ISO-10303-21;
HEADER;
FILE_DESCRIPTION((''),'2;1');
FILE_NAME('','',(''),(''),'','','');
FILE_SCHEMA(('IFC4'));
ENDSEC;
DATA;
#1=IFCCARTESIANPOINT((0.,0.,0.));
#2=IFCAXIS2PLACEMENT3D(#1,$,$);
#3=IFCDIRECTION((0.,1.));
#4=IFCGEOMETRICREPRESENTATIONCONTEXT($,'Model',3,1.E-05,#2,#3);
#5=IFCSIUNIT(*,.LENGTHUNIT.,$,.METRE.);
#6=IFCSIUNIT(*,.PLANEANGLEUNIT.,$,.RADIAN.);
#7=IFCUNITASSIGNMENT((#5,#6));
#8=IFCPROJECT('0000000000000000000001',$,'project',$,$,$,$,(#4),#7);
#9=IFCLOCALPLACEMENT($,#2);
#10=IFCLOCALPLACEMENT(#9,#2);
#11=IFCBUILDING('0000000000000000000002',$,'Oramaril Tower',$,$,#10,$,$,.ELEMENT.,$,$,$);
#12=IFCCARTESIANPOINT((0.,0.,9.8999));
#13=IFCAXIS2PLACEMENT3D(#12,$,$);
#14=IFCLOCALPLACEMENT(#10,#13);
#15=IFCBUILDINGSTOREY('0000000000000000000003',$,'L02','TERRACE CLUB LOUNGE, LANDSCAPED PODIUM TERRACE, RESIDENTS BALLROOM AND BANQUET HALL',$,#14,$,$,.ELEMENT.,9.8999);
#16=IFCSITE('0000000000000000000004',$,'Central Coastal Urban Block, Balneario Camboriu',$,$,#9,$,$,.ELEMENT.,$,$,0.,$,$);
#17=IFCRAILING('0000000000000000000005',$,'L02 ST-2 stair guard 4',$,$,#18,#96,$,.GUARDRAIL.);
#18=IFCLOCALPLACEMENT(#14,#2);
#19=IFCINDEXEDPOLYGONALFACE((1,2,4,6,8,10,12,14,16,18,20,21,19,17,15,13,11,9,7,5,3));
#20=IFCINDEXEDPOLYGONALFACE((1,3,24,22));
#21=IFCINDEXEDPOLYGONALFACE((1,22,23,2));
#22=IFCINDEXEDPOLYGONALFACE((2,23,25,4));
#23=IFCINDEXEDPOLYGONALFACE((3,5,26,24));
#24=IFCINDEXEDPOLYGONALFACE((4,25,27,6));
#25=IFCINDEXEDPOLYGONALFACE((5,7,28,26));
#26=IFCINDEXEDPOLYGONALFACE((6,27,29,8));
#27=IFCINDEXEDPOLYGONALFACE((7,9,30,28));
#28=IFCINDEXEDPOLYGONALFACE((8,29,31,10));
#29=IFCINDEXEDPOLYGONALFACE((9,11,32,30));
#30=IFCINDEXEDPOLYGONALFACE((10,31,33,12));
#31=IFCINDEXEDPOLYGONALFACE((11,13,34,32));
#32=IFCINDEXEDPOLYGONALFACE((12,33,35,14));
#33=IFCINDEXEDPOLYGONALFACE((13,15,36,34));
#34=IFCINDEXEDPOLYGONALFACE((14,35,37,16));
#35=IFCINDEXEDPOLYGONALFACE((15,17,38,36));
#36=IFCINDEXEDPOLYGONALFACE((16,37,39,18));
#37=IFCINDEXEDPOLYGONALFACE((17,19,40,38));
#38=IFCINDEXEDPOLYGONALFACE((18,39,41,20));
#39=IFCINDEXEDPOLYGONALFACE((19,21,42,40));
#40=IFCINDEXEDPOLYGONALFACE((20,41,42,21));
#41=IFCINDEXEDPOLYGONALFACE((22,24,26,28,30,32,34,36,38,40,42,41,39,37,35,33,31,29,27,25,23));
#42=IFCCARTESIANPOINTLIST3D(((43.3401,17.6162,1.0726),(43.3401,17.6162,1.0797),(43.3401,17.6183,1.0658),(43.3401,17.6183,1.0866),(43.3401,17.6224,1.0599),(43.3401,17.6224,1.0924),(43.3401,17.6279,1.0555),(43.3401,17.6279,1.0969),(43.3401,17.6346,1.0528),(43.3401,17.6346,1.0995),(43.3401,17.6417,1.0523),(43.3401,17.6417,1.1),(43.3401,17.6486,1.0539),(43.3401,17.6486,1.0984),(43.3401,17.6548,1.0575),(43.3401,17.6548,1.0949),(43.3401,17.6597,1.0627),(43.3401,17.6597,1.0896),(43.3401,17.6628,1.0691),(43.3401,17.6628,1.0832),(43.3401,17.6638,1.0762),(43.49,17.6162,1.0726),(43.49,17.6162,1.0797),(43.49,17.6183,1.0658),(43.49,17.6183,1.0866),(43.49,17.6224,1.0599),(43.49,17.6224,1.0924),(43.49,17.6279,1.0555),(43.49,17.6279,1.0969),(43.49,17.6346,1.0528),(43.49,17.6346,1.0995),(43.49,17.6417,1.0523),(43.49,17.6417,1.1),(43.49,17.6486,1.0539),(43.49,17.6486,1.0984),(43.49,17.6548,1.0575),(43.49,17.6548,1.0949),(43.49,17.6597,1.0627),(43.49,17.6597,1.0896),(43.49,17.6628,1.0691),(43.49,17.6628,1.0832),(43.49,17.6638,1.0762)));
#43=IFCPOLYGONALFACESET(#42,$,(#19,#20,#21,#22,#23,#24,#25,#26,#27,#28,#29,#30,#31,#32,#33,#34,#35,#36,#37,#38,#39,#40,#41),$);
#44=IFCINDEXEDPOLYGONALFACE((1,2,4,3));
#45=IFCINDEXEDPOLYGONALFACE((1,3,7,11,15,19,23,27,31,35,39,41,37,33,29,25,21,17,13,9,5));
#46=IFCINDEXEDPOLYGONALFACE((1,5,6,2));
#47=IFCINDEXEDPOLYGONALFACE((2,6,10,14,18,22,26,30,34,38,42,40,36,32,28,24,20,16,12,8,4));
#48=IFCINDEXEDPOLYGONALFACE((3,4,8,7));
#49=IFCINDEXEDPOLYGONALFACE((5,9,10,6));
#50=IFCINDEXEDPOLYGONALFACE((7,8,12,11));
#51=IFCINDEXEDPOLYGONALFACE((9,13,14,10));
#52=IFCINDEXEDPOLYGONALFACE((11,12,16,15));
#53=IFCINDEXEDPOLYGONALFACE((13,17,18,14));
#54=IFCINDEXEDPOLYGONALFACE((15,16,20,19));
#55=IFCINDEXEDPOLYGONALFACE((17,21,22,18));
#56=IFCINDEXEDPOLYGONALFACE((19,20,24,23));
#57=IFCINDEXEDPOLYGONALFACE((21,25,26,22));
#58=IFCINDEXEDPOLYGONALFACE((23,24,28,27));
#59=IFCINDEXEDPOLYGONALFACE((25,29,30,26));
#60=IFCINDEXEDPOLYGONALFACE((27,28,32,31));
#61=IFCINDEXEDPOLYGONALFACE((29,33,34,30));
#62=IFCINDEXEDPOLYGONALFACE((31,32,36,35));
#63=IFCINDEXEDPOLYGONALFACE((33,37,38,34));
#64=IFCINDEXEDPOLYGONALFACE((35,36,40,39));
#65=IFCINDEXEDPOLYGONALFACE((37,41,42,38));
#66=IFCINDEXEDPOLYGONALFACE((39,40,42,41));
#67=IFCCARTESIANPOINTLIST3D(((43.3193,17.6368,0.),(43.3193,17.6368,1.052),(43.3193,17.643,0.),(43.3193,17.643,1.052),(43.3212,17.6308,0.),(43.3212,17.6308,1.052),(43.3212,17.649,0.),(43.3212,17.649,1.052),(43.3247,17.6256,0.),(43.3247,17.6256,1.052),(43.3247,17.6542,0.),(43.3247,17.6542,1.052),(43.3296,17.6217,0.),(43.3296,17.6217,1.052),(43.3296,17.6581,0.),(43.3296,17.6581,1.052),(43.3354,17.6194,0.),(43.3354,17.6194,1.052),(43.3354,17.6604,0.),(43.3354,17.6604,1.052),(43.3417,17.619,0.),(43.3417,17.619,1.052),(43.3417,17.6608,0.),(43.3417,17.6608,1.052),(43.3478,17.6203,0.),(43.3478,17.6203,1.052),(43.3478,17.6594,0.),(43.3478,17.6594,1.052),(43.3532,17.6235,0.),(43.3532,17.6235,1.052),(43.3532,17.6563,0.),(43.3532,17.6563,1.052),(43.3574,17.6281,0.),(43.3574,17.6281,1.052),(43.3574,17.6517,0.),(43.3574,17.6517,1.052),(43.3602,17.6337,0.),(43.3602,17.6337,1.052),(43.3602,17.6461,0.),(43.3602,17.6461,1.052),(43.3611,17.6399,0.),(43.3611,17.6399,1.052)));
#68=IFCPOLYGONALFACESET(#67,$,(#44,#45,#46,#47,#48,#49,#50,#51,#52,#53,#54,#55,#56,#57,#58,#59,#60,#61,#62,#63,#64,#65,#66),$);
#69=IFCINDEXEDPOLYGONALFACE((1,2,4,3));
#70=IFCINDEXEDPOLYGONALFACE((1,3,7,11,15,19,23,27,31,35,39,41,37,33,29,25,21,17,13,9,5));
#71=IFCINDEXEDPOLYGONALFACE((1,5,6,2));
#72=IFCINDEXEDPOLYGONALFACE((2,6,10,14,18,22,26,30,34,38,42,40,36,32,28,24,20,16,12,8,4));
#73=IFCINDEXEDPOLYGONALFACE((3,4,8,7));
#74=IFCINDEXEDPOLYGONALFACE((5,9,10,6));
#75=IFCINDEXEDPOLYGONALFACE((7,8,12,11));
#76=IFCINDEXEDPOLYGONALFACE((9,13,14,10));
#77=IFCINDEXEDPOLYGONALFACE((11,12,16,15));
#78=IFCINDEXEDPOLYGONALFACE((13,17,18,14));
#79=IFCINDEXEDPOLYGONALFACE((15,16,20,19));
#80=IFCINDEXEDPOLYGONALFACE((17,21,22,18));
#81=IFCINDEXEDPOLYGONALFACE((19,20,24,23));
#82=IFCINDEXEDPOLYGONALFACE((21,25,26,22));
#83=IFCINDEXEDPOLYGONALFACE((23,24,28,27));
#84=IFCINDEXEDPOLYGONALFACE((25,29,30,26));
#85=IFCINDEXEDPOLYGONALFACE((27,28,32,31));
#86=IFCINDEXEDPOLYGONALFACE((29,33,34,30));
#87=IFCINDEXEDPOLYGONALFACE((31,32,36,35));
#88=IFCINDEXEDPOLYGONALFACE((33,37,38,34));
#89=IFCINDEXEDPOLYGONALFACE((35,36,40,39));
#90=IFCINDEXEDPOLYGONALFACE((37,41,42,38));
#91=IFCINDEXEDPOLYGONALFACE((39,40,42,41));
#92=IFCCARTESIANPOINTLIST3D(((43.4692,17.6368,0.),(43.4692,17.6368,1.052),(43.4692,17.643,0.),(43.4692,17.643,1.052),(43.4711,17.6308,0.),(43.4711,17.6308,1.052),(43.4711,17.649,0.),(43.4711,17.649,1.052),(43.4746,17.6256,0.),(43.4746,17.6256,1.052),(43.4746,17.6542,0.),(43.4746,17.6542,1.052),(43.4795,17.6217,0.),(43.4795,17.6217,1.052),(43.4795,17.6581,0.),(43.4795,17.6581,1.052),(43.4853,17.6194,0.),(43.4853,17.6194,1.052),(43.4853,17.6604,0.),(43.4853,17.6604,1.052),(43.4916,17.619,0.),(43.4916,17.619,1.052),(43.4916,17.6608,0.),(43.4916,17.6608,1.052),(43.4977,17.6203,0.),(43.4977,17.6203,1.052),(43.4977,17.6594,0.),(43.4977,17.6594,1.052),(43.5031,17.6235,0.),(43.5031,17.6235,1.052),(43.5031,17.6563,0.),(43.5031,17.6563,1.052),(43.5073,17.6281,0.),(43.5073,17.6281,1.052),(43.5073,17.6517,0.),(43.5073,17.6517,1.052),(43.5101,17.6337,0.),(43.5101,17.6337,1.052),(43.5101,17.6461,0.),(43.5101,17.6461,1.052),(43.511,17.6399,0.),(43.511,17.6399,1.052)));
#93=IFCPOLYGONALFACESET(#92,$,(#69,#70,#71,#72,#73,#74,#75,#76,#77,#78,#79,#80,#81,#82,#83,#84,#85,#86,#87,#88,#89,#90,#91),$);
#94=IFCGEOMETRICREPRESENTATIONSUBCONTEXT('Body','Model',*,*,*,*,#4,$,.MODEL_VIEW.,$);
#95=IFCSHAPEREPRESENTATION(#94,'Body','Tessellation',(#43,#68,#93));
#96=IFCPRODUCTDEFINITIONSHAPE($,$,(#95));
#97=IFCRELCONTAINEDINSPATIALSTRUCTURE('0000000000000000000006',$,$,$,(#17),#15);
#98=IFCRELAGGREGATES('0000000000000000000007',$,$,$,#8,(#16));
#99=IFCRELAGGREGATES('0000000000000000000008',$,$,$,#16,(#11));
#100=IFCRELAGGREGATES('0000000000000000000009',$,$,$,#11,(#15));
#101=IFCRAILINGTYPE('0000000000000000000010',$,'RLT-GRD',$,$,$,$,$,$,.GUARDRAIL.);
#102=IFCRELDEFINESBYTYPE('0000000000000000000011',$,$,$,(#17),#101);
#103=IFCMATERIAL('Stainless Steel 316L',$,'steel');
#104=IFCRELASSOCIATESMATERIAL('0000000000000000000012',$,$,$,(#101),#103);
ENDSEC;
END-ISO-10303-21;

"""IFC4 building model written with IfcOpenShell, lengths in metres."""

from ifc_helpers import new_model, si_unit, direction, frame, origin, origin_2d, place, context, subcontext, project, spatial, circle, extrude, material, type_object, element, save


model = new_model("IFC4")

# Units and contexts
model_context = context("Model", 3, precision=1e-05, world=origin(), true_north=direction((0.0, 1.0)))
body_context = subcontext(model_context, "Body", "Model", "MODEL_VIEW")
ifc_project = project(units=[si_unit("LENGTHUNIT", "METRE"), si_unit("PLANEANGLEUNIT", "RADIAN")], contexts=[model_context])

# Site, building, storey
site_placement = place(None, origin())
site = spatial("IfcSite", under=ifc_project, at=site_placement, Name="Central Coastal Urban Block, Balneario Camboriu", CompositionType="ELEMENT", RefElevation=0.0)
building_placement = place(site_placement, origin())
building = spatial("IfcBuilding", under=site, at=building_placement, Name="Oramaril Tower", CompositionType="ELEMENT")
storey_placement = place(building_placement, frame((0.0, 0.0, 9.8999)))
storey = spatial("IfcBuildingStorey", under=building, at=storey_placement, Name="L02", Description="TERRACE CLUB LOUNGE, LANDSCAPED PODIUM TERRACE, RESIDENTS BALLROOM AND BANQUET HALL", CompositionType="ELEMENT", Elevation=9.8999)

# Railing
ifc_material_1 = material(Name="Stainless Steel 316L", Category="steel")
railing_type_1 = type_object("IfcRailingType", Name="RLT-GRD", PredefinedType="GUARDRAIL", material=ifc_material_1)
railing_1_placement = place(storey_placement, frame((43.3401, 17.6399, 0.0)))
element("IfcRailing", 1, at=railing_1_placement, inside=storey, type_object=railing_type_1, Name="L02 ST-2 stair guard 4", PredefinedType="GUARDRAIL", context=body_context, shape_type="SweptSolid", body=[
    extrude(circle(Radius=0.0239, at=origin_2d()), frame((0.0, 0.0, 1.0762), z_axis=(1.0, 0.0, 0.0), x_axis=(0.0, 1.0, 0.0)), (0.0, 0.0, 1.0), 0.1499),
    extrude(circle(Radius=0.021, at=origin_2d()), origin(), (0.0, 0.0, 1.0), 1.052),
    extrude(circle(Radius=0.021, at=origin_2d()), frame((0.1499, 0.0, 0.0)), (0.0, 0.0, 1.0), 1.052),
])

save(model, "model.ifc")
